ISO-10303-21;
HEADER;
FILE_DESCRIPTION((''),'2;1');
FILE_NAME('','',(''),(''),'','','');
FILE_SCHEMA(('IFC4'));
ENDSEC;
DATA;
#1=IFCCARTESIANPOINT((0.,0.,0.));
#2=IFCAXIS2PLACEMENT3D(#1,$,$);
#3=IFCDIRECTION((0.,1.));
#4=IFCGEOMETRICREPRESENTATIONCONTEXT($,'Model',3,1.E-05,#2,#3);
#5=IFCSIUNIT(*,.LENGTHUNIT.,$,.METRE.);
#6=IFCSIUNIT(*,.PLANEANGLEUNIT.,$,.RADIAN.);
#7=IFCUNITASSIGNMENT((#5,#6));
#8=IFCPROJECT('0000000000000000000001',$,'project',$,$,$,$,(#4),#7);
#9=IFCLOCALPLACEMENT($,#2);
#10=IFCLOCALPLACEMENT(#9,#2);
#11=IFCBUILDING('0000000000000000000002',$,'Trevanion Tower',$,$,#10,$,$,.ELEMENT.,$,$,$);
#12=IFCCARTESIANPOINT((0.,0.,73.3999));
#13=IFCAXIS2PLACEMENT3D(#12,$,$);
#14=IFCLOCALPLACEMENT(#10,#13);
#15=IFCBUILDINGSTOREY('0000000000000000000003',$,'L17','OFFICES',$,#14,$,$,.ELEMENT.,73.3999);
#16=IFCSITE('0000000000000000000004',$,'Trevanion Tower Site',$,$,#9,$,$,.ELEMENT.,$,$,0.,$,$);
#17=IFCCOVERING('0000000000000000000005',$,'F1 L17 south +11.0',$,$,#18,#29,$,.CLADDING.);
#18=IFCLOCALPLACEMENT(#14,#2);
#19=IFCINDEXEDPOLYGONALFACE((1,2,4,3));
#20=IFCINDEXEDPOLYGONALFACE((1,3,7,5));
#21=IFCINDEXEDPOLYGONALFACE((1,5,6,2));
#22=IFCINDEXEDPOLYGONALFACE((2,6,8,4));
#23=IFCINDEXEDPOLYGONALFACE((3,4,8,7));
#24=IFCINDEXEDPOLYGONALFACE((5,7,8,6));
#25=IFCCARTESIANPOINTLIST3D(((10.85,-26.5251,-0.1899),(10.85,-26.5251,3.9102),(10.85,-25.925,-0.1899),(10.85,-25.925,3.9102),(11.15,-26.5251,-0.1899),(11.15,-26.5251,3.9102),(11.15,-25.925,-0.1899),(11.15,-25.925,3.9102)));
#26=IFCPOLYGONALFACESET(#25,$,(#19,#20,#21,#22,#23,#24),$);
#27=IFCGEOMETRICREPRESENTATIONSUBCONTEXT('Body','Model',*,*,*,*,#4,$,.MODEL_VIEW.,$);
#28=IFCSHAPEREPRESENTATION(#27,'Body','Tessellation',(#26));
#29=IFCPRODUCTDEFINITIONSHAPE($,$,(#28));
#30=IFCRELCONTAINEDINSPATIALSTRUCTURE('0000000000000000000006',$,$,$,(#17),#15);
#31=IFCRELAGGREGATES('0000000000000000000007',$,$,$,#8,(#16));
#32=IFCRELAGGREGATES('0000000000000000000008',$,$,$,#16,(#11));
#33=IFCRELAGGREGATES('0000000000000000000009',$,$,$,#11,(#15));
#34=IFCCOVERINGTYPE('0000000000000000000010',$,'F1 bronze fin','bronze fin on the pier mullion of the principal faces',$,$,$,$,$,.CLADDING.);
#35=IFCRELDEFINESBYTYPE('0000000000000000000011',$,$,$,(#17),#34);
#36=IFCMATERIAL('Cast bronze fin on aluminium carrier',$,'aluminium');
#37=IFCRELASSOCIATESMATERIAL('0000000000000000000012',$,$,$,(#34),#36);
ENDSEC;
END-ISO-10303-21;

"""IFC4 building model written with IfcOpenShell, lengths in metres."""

from ifc_helpers import new_model, si_unit, direction, frame, origin, origin_2d, place, context, subcontext, project, spatial, rectangle, extrude, material, type_object, element, save


model = new_model("IFC4")

# Units and contexts
model_context = context("Model", 3, precision=1e-05, world=origin(), true_north=direction((0.0, 1.0)))
body_context = subcontext(model_context, "Body", "Model", "MODEL_VIEW")
ifc_project = project(units=[si_unit("LENGTHUNIT", "METRE"), si_unit("PLANEANGLEUNIT", "RADIAN")], contexts=[model_context])

# Site, building, storey
site_placement = place(None, origin())
site = spatial("IfcSite", under=ifc_project, at=site_placement, Name="Trevanion Tower Site", CompositionType="ELEMENT", RefElevation=0.0)
building_placement = place(site_placement, origin())
building = spatial("IfcBuilding", under=site, at=building_placement, Name="Trevanion Tower", CompositionType="ELEMENT")
storey_placement = place(building_placement, frame((0.0, 0.0, 73.3999)))
storey = spatial("IfcBuildingStorey", under=building, at=storey_placement, Name="L17", Description="OFFICES", CompositionType="ELEMENT", Elevation=73.3999)

# Covering
ifc_material_1 = material(Name="Cast bronze fin on aluminium carrier", Category="aluminium")
covering_type = type_object("IfcCoveringType", Name="F1 bronze fin", Description="bronze fin on the pier mullion of the principal faces", PredefinedType="CLADDING", material=ifc_material_1)
covering_placement = place(storey_placement, frame((11.0, -26.2251, -0.1899), z_axis=(0.0, 0.0, 1.0), x_axis=(1.0, 0.0, 0.0)))
element("IfcCovering", 1, at=covering_placement, inside=storey, type_object=covering_type, Name="F1 L17 south +11.0", PredefinedType="CLADDING", context=body_context, shape_type="SweptSolid", body=[
    extrude(rectangle(XDim=0.3, YDim=0.6001, at=origin_2d()), origin(), (0.0, 0.0, 1.0), 4.1001),
])

save(model, "model.ifc")
